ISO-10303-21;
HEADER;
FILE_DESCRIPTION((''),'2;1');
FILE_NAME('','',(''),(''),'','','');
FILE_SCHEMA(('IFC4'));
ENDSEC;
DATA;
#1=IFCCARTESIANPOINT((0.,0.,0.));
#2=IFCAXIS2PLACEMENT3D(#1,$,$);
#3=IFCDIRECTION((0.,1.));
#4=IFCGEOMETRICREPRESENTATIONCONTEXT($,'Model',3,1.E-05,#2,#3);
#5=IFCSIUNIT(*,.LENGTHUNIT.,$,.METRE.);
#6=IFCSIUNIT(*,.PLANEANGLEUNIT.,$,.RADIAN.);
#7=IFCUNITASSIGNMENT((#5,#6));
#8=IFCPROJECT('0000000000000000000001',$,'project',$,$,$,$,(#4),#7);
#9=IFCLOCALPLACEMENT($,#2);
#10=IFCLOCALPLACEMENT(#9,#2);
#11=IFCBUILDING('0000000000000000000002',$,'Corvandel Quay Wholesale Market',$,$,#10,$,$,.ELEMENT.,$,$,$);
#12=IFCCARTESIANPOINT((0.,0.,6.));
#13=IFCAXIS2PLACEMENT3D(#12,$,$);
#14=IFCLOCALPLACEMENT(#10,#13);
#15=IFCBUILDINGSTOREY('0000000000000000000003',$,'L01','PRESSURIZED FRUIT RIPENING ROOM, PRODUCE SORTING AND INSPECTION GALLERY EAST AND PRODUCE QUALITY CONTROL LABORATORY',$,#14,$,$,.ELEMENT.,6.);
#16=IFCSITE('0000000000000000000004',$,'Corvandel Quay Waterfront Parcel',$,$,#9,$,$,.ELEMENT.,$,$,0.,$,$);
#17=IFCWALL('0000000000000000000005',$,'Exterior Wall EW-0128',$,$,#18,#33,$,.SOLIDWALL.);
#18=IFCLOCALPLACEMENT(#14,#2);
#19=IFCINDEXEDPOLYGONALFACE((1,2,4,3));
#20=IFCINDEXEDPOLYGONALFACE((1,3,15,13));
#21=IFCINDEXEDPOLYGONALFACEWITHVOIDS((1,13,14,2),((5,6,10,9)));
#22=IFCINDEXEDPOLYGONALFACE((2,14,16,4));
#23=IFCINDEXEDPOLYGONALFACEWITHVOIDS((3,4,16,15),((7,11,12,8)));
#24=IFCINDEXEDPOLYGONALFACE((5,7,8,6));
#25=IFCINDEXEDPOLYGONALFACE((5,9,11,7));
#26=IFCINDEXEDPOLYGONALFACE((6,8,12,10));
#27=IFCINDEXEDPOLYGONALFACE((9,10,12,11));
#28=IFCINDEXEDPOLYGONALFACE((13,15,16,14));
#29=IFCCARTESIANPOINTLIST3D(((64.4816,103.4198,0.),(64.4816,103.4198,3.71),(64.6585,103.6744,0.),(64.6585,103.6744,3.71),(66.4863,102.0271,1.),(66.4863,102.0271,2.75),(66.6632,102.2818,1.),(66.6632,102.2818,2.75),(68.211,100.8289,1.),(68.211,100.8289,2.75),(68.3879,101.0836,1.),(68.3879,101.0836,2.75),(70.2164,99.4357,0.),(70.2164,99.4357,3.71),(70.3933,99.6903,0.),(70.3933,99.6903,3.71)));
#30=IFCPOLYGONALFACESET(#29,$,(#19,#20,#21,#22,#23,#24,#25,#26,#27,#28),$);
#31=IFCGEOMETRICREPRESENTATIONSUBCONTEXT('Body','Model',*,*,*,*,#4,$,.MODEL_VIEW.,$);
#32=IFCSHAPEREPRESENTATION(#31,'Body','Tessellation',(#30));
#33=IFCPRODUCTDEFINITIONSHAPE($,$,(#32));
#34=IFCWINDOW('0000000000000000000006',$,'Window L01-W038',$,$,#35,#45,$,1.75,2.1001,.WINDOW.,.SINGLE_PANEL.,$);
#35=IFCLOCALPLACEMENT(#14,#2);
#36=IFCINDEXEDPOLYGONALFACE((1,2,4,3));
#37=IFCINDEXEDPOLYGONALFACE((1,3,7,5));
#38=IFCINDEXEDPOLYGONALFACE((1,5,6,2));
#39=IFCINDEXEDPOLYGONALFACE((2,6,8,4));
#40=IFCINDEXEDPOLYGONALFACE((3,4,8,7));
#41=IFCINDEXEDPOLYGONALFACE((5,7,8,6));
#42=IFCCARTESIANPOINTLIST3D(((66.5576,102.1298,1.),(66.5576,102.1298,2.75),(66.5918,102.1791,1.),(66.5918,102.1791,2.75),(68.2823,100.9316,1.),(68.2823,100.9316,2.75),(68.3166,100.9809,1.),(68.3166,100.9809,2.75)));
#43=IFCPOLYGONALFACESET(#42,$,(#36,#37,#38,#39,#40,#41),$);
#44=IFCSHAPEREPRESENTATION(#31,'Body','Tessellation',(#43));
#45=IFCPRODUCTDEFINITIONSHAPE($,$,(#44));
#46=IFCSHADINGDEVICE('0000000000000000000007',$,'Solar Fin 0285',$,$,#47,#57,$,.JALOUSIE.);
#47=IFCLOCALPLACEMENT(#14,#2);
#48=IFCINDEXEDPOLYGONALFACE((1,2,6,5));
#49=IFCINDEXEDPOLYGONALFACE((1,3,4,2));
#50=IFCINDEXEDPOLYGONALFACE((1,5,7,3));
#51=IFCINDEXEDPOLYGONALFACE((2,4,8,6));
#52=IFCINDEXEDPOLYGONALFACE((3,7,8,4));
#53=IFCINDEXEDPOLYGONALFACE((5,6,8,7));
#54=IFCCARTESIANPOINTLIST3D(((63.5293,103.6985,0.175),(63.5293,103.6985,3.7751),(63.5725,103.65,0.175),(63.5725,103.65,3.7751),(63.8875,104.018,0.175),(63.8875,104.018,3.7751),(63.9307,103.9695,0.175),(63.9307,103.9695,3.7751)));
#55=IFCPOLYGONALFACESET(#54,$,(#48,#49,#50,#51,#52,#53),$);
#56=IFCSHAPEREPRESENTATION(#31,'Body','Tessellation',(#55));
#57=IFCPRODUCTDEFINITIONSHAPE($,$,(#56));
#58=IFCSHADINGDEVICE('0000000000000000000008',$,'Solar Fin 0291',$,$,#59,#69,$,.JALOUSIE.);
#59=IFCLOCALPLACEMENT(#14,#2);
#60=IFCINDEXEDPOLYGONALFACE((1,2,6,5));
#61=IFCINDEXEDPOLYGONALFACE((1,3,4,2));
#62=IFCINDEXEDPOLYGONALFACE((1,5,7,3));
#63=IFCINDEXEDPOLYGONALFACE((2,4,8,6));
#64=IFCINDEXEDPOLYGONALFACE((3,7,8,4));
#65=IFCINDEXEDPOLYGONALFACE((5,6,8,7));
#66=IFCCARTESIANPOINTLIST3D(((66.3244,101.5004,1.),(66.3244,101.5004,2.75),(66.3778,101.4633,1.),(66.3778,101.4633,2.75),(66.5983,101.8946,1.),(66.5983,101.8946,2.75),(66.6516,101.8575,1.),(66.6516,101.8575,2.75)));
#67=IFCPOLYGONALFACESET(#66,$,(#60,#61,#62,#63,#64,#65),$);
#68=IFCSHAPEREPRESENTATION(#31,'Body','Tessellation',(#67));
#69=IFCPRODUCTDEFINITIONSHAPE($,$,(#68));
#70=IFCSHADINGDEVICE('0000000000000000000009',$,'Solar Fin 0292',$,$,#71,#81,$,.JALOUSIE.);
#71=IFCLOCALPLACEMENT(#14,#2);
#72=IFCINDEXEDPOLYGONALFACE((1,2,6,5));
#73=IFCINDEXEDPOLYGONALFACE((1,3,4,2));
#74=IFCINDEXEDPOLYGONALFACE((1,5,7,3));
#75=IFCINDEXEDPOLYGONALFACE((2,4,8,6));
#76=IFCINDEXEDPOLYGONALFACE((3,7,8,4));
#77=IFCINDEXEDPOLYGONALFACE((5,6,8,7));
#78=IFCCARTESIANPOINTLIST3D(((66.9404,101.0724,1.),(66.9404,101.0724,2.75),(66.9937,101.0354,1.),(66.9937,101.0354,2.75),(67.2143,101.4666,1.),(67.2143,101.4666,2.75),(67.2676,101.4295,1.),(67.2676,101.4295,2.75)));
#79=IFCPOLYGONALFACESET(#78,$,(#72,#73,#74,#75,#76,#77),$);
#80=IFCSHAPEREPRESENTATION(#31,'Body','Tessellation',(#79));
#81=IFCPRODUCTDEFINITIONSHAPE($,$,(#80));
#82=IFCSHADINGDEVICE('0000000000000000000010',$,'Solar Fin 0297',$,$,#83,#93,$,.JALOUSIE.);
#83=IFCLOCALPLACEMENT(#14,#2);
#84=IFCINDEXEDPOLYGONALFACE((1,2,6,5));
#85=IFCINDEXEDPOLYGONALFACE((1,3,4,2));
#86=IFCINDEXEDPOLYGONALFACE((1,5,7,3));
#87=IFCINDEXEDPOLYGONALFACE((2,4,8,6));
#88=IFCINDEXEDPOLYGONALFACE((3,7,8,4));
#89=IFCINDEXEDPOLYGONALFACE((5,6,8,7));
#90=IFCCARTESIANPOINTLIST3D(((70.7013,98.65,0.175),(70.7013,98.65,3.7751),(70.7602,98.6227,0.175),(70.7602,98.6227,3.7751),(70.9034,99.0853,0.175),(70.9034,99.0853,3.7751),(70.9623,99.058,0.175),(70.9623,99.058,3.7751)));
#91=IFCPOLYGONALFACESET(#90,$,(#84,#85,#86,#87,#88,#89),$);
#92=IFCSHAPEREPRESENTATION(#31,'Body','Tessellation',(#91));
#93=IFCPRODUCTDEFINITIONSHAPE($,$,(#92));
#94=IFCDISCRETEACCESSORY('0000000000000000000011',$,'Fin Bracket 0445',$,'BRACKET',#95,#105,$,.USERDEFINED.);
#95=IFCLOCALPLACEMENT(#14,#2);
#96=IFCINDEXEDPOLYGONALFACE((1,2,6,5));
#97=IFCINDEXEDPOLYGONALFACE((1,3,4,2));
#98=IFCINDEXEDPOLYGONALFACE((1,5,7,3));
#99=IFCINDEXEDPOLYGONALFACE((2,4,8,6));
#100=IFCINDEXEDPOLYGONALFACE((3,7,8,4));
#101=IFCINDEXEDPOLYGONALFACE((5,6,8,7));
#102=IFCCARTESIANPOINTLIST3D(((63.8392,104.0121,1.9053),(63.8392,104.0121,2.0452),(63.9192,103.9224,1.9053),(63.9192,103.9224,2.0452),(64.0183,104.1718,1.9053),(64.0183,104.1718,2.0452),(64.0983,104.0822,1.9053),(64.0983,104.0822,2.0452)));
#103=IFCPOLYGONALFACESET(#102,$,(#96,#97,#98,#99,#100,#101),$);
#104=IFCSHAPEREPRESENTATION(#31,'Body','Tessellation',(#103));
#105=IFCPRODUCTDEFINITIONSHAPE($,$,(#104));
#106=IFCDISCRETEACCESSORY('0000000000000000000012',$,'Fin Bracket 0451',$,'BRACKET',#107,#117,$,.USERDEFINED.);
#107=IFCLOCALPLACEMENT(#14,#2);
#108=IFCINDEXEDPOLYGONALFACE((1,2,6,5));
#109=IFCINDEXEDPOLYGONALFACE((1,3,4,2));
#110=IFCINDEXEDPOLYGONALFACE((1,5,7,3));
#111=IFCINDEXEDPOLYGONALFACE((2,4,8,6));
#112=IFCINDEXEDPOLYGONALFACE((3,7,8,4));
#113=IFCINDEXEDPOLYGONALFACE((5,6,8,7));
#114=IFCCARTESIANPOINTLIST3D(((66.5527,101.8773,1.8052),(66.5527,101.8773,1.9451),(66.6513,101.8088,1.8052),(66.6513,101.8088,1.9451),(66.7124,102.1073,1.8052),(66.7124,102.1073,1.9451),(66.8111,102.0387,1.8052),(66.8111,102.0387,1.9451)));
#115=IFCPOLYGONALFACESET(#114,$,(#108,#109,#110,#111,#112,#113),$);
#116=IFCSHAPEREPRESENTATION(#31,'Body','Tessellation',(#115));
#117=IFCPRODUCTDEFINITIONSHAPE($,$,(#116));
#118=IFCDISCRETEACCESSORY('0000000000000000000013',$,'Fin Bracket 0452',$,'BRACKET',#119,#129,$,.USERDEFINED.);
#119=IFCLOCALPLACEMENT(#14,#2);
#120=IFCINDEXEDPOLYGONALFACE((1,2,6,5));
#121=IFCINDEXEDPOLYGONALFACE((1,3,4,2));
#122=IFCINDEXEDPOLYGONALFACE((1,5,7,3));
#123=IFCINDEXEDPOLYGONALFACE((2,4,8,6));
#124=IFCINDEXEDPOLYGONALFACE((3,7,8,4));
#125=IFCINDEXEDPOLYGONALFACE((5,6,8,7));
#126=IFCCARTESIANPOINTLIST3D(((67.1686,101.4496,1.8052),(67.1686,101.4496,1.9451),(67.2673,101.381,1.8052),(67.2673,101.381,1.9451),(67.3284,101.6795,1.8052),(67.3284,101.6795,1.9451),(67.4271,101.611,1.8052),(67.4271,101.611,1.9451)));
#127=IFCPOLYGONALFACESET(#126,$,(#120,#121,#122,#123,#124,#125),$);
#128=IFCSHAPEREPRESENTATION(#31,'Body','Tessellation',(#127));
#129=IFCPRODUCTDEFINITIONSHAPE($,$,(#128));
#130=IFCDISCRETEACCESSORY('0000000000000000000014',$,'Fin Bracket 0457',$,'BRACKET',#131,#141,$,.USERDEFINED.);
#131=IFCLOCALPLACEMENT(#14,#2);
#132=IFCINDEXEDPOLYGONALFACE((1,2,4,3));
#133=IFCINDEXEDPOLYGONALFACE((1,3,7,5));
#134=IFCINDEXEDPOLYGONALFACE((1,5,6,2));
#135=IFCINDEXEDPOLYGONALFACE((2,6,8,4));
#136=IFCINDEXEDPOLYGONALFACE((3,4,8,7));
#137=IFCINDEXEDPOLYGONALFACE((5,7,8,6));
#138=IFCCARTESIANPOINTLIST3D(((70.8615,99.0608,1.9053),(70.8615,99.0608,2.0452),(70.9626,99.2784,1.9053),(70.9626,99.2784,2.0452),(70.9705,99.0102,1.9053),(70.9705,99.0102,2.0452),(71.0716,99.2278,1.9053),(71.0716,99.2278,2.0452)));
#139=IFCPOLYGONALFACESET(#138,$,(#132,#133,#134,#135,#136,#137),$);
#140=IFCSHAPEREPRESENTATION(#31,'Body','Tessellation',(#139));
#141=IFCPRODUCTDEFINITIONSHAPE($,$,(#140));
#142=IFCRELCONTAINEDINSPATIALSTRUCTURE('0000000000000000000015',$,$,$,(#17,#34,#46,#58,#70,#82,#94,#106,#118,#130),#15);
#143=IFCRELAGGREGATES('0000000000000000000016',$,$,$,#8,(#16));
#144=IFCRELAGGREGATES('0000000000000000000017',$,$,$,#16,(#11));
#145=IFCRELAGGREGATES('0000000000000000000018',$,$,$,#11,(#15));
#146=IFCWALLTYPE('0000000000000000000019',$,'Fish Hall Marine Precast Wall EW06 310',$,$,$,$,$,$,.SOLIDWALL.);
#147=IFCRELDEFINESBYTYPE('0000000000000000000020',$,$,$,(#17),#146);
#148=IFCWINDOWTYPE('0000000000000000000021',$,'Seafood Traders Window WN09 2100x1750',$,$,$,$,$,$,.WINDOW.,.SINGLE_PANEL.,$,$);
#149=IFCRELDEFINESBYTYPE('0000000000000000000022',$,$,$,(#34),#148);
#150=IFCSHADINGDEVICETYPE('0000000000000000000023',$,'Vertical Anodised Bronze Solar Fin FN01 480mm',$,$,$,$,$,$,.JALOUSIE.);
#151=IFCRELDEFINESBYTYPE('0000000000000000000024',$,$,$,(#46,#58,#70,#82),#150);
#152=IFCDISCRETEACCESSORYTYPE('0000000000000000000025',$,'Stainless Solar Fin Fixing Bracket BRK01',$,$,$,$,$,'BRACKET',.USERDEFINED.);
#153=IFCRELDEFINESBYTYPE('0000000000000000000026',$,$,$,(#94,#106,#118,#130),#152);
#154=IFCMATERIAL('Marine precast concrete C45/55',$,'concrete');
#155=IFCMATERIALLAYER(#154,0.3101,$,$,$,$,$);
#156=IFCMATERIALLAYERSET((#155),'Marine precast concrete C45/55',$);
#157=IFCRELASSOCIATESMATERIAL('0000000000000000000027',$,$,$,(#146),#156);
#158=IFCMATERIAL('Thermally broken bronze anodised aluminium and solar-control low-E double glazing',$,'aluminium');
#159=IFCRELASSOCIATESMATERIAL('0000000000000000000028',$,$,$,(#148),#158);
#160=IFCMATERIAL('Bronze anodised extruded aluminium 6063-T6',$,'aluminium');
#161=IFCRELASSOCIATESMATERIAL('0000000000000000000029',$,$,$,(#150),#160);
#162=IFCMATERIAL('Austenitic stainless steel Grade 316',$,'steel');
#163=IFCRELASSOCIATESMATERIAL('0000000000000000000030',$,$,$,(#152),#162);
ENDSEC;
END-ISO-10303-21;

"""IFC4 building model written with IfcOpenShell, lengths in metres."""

from ifc_helpers import new_model, si_unit, direction, frame, frame_2d, origin, origin_2d, place, context, subcontext, project, spatial, rectangle, extrude, material, layer, layer_set, type_object, element, fill, save


model = new_model("IFC4")

# Units and contexts
model_context = context("Model", 3, precision=1e-05, world=origin(), true_north=direction((0.0, 1.0)))
body_context = subcontext(model_context, "Body", "Model", "MODEL_VIEW")
ifc_project = project(units=[si_unit("LENGTHUNIT", "METRE"), si_unit("PLANEANGLEUNIT", "RADIAN")], contexts=[model_context])

# Site, building, storey
site_placement = place(None, origin())
site = spatial("IfcSite", under=ifc_project, at=site_placement, Name="Corvandel Quay Waterfront Parcel", CompositionType="ELEMENT", RefElevation=0.0)
building_placement = place(site_placement, origin())
building = spatial("IfcBuilding", under=site, at=building_placement, Name="Corvandel Quay Wholesale Market", CompositionType="ELEMENT")
storey_placement = place(building_placement, frame((0.0, 0.0, 6.0)))
storey = spatial("IfcBuildingStorey", under=building, at=storey_placement, Name="L01", Description="PRESSURIZED FRUIT RIPENING ROOM, PRODUCE SORTING AND INSPECTION GALLERY EAST AND PRODUCE QUALITY CONTROL LABORATORY", CompositionType="ELEMENT", Elevation=6.0)

# Wall, opening, window
ifc_material_1 = material(Name="Marine precast concrete C45/55", Category="concrete")
ifc_layer_1 = layer(ifc_material_1, 0.3101)
ifc_layer_set_1 = layer_set([ifc_layer_1], Name="Marine precast concrete C45/55")
wall_type = type_object("IfcWallType", Name="Fish Hall Marine Precast Wall EW06 310", PredefinedType="SOLIDWALL", material=ifc_layer_set_1)
wall_placement = place(storey_placement, frame((64.5701, 103.5471, 0.0), z_axis=(0.0, 0.0, 1.0), x_axis=(0.821263, -0.570549, 0.0)))
wall = element("IfcWall", 1, at=wall_placement, inside=storey, type_object=wall_type, Name="Exterior Wall EW-0128", PredefinedType="SOLIDWALL", context=body_context, shape_type="SweptSolid", body=[
    extrude(rectangle(XDim=6.9829, YDim=0.3101, at=frame_2d((3.4915, 0.0))), origin(), (0.0, 0.0, 1.0), 3.71),
])
opening_placement = place(wall_placement, frame((2.4409, 0.0, 1.0)))
opening = element("IfcOpeningElement", 2, at=opening_placement, cuts=wall, PredefinedType="OPENING", context=body_context, shape_type="SweptSolid", body=[
    extrude(rectangle(XDim=2.1001, YDim=1.75, at=frame_2d((1.05, 0.875))), frame((0.0, 0.165, 0.0), z_axis=(0.0, -1.0, 0.0), x_axis=(1.0, 0.0, 0.0)), (0.0, 0.0, 1.0), 0.3301),
])
ifc_material_2 = material(Name="Thermally broken bronze anodised aluminium and solar-control low-E double glazing", Category="aluminium")
window_type = type_object("IfcWindowType", Name="Seafood Traders Window WN09 2100x1750", PartitioningType="SINGLE_PANEL", PredefinedType="WINDOW", material=ifc_material_2)
window_placement = place(opening_placement, origin())
window = element("IfcWindow", 3, at=window_placement, inside=storey, type_object=window_type, Name="Window L01-W038", OverallHeight=1.75, OverallWidth=2.1001, PartitioningType="SINGLE_PANEL", PredefinedType="WINDOW", context=body_context, shape_type="SweptSolid", body=[
    extrude(rectangle(XDim=2.1001, YDim=1.75, at=frame_2d((1.05, 0.875))), frame((0.0, 0.03, 0.0), z_axis=(0.0, -1.0, 0.0), x_axis=(1.0, 0.0, 0.0)), (0.0, 0.0, 1.0), 0.0601),
])
fill(opening, window)

# Shading devices
ifc_material_3 = material(Name="Bronze anodised extruded aluminium 6063-T6", Category="aluminium")
shading_device_type = type_object("IfcShadingDeviceType", Name="Vertical Anodised Bronze Solar Fin FN01 480mm", PredefinedType="JALOUSIE", material=ifc_material_3)
shading_device_1_placement = place(storey_placement, frame((63.73, 103.834, 0.175), z_axis=(0.0, 0.0, 1.0), x_axis=(0.74629, 0.665621, 0.0)))
element("IfcShadingDevice", 4, at=shading_device_1_placement, inside=storey, type_object=shading_device_type, Name="Solar Fin 0285", PredefinedType="JALOUSIE", context=body_context, shape_type="SweptSolid", body=[
    extrude(rectangle(XDim=0.48, YDim=0.0649, at=origin_2d()), origin(), (0.0, 0.0, 1.0), 3.6001),
])
for number, where, z_axis, x_axis, name in (
    (5, (66.488, 101.679, 1.0), (0.0, 0.0, 1.0), (0.57057, 0.821249, 0.0), "Solar Fin 0291"),
    (6, (67.104, 101.251, 1.0), (0.0, 0.0, 1.0), (0.57057, 0.821249, 0.0), "Solar Fin 0292"),
):
    element("IfcShadingDevice", number, at=place(storey_placement, frame(where, z_axis=z_axis, x_axis=x_axis)), inside=storey, type_object=shading_device_type, Name=name, PredefinedType="JALOUSIE", context=body_context, shape_type="SweptSolid", body=[
        extrude(rectangle(XDim=0.48, YDim=0.0649, at=origin_2d()), origin(), (0.0, 0.0, 1.0), 1.75),
    ])
shading_device_2_placement = place(storey_placement, frame((70.8318, 98.854, 0.175), z_axis=(0.0, 0.0, 1.0), x_axis=(0.421194, 0.906971, 0.0)))
element("IfcShadingDevice", 7, at=shading_device_2_placement, inside=storey, type_object=shading_device_type, Name="Solar Fin 0297", PredefinedType="JALOUSIE", context=body_context, shape_type="SweptSolid", body=[
    extrude(rectangle(XDim=0.48, YDim=0.0649, at=origin_2d()), origin(), (0.0, 0.0, 1.0), 3.6001),
])

# Discrete accessories
ifc_material_4 = material(Name="Austenitic stainless steel Grade 316", Category="steel")
discrete_accessory_type = type_object("IfcDiscreteAccessoryType", Name="Stainless Solar Fin Fixing Bracket BRK01", ElementType="BRACKET", PredefinedType="USERDEFINED", material=ifc_material_4)
discrete_accessory_1_placement = place(storey_placement, frame((63.9688, 104.0471, 1.9053), z_axis=(0.0, 0.0, 1.0), x_axis=(0.74629, 0.665621, 0.0)))
element("IfcDiscreteAccessory", 8, at=discrete_accessory_1_placement, inside=storey, type_object=discrete_accessory_type, Name="Fin Bracket 0445", ObjectType="BRACKET", PredefinedType="USERDEFINED", context=body_context, shape_type="SweptSolid", body=[
    extrude(rectangle(XDim=0.24, YDim=0.1201, at=origin_2d()), origin(), (0.0, 0.0, 1.0), 0.1399),
])
for number, where, z_axis, x_axis, name in (
    (9, (66.6819, 101.958, 1.8052), (0.0, 0.0, 1.0), (0.57057, 0.821249, 0.0), "Fin Bracket 0451"),
    (10, (67.2979, 101.5303, 1.8052), (0.0, 0.0, 1.0), (0.57057, 0.821249, 0.0), "Fin Bracket 0452"),
):
    element("IfcDiscreteAccessory", number, at=place(storey_placement, frame(where, z_axis=z_axis, x_axis=x_axis)), inside=storey, type_object=discrete_accessory_type, Name=name, ObjectType="BRACKET", PredefinedType="USERDEFINED", context=body_context, shape_type="SweptSolid", body=[
        extrude(rectangle(XDim=0.28, YDim=0.1201, at=origin_2d()), origin(), (0.0, 0.0, 1.0), 0.1399),
    ])
discrete_accessory_2_placement = place(storey_placement, frame((70.9666, 99.1443, 1.9053), z_axis=(0.0, 0.0, 1.0), x_axis=(0.421194, 0.906971, 0.0)))
element("IfcDiscreteAccessory", 11, at=discrete_accessory_2_placement, inside=storey, type_object=discrete_accessory_type, Name="Fin Bracket 0457", ObjectType="BRACKET", PredefinedType="USERDEFINED", context=body_context, shape_type="SweptSolid", body=[
    extrude(rectangle(XDim=0.24, YDim=0.1201, at=origin_2d()), origin(), (0.0, 0.0, 1.0), 0.1399),
])

save(model, "model.ifc")
